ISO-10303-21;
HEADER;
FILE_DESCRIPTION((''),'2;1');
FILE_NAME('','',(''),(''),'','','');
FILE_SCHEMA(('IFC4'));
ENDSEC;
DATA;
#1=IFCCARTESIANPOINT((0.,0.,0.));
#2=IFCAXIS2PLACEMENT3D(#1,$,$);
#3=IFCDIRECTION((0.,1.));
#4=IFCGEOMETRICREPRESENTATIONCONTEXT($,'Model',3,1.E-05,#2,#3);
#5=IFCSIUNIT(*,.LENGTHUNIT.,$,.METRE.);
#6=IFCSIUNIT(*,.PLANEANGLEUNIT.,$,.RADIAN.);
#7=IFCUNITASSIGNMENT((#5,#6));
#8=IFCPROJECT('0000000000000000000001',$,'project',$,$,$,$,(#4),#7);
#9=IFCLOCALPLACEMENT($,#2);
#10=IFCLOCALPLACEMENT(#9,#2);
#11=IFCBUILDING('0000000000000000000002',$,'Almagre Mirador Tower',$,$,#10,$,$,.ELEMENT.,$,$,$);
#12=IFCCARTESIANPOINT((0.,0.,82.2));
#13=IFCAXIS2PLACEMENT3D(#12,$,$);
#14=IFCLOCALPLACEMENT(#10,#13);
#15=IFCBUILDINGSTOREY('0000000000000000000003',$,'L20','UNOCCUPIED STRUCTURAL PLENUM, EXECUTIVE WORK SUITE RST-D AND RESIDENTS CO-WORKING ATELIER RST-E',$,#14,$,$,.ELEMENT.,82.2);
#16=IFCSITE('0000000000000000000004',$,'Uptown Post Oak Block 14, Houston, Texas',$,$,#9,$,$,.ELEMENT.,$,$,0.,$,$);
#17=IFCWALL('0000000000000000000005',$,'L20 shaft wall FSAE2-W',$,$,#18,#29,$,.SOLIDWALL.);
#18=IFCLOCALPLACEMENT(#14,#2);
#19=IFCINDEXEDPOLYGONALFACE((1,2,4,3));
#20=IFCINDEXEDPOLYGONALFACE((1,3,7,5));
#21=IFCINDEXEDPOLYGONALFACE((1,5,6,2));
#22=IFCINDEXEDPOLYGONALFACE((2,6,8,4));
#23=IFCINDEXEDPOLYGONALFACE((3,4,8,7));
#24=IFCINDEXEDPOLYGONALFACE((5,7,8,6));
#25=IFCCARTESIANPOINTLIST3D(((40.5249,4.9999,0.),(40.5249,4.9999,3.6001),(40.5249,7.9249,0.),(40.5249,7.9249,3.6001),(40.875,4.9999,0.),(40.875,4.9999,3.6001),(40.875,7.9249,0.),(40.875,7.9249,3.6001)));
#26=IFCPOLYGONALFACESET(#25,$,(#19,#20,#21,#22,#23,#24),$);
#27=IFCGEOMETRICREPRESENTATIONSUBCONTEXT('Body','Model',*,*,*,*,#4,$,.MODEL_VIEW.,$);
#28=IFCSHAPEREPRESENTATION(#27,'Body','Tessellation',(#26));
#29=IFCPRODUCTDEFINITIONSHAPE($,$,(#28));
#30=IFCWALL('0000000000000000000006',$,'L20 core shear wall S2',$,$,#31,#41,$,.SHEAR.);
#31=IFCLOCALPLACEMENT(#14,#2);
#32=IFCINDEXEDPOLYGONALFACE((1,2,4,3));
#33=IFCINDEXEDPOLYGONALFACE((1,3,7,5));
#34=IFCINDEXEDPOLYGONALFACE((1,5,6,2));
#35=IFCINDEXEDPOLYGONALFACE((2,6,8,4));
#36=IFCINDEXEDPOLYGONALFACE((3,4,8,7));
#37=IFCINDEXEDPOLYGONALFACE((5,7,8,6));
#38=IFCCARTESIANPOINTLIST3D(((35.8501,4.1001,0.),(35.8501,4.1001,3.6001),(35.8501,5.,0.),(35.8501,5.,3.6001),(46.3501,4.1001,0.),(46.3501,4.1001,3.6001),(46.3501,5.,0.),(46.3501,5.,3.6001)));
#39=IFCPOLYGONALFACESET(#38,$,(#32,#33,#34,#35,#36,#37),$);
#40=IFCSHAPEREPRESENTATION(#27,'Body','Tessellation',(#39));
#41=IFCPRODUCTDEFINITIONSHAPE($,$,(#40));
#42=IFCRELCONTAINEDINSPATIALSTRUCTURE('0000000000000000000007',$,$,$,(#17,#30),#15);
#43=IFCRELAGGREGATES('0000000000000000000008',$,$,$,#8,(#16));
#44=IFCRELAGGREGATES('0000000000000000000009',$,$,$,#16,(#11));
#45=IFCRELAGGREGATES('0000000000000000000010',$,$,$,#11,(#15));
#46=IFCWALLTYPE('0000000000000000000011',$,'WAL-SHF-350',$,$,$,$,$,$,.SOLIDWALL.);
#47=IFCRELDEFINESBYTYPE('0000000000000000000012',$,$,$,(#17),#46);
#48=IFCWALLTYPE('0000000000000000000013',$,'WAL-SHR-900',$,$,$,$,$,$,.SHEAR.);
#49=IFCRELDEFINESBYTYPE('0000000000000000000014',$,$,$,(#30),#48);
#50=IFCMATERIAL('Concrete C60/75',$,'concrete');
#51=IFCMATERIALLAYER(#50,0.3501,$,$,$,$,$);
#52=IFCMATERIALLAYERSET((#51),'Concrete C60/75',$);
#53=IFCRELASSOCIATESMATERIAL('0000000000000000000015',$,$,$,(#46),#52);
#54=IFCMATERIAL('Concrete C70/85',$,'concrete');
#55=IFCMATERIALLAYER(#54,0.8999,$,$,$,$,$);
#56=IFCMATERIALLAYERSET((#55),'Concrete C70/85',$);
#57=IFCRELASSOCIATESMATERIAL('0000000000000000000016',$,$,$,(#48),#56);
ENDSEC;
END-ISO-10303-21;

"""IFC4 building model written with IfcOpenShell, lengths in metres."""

from ifc_helpers import new_model, si_unit, direction, frame, frame_2d, origin, place, context, subcontext, project, spatial, rectangle, extrude, material, layer, layer_set, type_object, element, save


model = new_model("IFC4")

# Units and contexts
model_context = context("Model", 3, precision=1e-05, world=origin(), true_north=direction((0.0, 1.0)))
body_context = subcontext(model_context, "Body", "Model", "MODEL_VIEW")
ifc_project = project(units=[si_unit("LENGTHUNIT", "METRE"), si_unit("PLANEANGLEUNIT", "RADIAN")], contexts=[model_context])

# Site, building, storey
site_placement = place(None, origin())
site = spatial("IfcSite", under=ifc_project, at=site_placement, Name="Uptown Post Oak Block 14, Houston, Texas", CompositionType="ELEMENT", RefElevation=0.0)
building_placement = place(site_placement, origin())
building = spatial("IfcBuilding", under=site, at=building_placement, Name="Almagre Mirador Tower", CompositionType="ELEMENT")
storey_placement = place(building_placement, frame((0.0, 0.0, 82.2)))
storey = spatial("IfcBuildingStorey", under=building, at=storey_placement, Name="L20", Description="UNOCCUPIED STRUCTURAL PLENUM, EXECUTIVE WORK SUITE RST-D AND RESIDENTS CO-WORKING ATELIER RST-E", CompositionType="ELEMENT", Elevation=82.2)

# Shared definitions
ifc_material_1 = material(Name="Concrete C60/75", Category="concrete")
ifc_layer_1 = layer(ifc_material_1, 0.3501)
ifc_layer_set_1 = layer_set([ifc_layer_1], Name="Concrete C60/75")
wall_type_1 = type_object("IfcWallType", Name="WAL-SHF-350", PredefinedType="SOLIDWALL", material=ifc_layer_set_1)

# Walls
wall_1_placement = place(storey_placement, frame((40.7, 5.0, 0.0), z_axis=(0.0, 0.0, 1.0), x_axis=(0.0, 1.0, 0.0)))
element("IfcWall", 1, at=wall_1_placement, inside=storey, type_object=wall_type_1, Name="L20 shaft wall FSAE2-W", PredefinedType="SOLIDWALL", context=body_context, shape_type="SweptSolid", body=[
    extrude(rectangle(XDim=2.925, YDim=0.3501, at=frame_2d((1.4624, 0.0))), origin(), (0.0, 0.0, 1.0), 3.6001),
])
ifc_material_2 = material(Name="Concrete C70/85", Category="concrete")
ifc_layer_2 = layer(ifc_material_2, 0.8999)
ifc_layer_set_2 = layer_set([ifc_layer_2], Name="Concrete C70/85")
wall_type_2 = type_object("IfcWallType", Name="WAL-SHR-900", PredefinedType="SHEAR", material=ifc_layer_set_2)
wall_2_placement = place(storey_placement, frame((35.8501, 4.55, 0.0), z_axis=(0.0, 0.0, 1.0), x_axis=(1.0, 0.0, 0.0)))
element("IfcWall", 2, at=wall_2_placement, inside=storey, type_object=wall_type_2, Name="L20 core shear wall S2", PredefinedType="SHEAR", context=body_context, shape_type="SweptSolid", body=[
    extrude(rectangle(XDim=10.5, YDim=0.8999, at=frame_2d((5.25, 0.0))), origin(), (0.0, 0.0, 1.0), 3.6001),
])

save(model, "model.ifc")
